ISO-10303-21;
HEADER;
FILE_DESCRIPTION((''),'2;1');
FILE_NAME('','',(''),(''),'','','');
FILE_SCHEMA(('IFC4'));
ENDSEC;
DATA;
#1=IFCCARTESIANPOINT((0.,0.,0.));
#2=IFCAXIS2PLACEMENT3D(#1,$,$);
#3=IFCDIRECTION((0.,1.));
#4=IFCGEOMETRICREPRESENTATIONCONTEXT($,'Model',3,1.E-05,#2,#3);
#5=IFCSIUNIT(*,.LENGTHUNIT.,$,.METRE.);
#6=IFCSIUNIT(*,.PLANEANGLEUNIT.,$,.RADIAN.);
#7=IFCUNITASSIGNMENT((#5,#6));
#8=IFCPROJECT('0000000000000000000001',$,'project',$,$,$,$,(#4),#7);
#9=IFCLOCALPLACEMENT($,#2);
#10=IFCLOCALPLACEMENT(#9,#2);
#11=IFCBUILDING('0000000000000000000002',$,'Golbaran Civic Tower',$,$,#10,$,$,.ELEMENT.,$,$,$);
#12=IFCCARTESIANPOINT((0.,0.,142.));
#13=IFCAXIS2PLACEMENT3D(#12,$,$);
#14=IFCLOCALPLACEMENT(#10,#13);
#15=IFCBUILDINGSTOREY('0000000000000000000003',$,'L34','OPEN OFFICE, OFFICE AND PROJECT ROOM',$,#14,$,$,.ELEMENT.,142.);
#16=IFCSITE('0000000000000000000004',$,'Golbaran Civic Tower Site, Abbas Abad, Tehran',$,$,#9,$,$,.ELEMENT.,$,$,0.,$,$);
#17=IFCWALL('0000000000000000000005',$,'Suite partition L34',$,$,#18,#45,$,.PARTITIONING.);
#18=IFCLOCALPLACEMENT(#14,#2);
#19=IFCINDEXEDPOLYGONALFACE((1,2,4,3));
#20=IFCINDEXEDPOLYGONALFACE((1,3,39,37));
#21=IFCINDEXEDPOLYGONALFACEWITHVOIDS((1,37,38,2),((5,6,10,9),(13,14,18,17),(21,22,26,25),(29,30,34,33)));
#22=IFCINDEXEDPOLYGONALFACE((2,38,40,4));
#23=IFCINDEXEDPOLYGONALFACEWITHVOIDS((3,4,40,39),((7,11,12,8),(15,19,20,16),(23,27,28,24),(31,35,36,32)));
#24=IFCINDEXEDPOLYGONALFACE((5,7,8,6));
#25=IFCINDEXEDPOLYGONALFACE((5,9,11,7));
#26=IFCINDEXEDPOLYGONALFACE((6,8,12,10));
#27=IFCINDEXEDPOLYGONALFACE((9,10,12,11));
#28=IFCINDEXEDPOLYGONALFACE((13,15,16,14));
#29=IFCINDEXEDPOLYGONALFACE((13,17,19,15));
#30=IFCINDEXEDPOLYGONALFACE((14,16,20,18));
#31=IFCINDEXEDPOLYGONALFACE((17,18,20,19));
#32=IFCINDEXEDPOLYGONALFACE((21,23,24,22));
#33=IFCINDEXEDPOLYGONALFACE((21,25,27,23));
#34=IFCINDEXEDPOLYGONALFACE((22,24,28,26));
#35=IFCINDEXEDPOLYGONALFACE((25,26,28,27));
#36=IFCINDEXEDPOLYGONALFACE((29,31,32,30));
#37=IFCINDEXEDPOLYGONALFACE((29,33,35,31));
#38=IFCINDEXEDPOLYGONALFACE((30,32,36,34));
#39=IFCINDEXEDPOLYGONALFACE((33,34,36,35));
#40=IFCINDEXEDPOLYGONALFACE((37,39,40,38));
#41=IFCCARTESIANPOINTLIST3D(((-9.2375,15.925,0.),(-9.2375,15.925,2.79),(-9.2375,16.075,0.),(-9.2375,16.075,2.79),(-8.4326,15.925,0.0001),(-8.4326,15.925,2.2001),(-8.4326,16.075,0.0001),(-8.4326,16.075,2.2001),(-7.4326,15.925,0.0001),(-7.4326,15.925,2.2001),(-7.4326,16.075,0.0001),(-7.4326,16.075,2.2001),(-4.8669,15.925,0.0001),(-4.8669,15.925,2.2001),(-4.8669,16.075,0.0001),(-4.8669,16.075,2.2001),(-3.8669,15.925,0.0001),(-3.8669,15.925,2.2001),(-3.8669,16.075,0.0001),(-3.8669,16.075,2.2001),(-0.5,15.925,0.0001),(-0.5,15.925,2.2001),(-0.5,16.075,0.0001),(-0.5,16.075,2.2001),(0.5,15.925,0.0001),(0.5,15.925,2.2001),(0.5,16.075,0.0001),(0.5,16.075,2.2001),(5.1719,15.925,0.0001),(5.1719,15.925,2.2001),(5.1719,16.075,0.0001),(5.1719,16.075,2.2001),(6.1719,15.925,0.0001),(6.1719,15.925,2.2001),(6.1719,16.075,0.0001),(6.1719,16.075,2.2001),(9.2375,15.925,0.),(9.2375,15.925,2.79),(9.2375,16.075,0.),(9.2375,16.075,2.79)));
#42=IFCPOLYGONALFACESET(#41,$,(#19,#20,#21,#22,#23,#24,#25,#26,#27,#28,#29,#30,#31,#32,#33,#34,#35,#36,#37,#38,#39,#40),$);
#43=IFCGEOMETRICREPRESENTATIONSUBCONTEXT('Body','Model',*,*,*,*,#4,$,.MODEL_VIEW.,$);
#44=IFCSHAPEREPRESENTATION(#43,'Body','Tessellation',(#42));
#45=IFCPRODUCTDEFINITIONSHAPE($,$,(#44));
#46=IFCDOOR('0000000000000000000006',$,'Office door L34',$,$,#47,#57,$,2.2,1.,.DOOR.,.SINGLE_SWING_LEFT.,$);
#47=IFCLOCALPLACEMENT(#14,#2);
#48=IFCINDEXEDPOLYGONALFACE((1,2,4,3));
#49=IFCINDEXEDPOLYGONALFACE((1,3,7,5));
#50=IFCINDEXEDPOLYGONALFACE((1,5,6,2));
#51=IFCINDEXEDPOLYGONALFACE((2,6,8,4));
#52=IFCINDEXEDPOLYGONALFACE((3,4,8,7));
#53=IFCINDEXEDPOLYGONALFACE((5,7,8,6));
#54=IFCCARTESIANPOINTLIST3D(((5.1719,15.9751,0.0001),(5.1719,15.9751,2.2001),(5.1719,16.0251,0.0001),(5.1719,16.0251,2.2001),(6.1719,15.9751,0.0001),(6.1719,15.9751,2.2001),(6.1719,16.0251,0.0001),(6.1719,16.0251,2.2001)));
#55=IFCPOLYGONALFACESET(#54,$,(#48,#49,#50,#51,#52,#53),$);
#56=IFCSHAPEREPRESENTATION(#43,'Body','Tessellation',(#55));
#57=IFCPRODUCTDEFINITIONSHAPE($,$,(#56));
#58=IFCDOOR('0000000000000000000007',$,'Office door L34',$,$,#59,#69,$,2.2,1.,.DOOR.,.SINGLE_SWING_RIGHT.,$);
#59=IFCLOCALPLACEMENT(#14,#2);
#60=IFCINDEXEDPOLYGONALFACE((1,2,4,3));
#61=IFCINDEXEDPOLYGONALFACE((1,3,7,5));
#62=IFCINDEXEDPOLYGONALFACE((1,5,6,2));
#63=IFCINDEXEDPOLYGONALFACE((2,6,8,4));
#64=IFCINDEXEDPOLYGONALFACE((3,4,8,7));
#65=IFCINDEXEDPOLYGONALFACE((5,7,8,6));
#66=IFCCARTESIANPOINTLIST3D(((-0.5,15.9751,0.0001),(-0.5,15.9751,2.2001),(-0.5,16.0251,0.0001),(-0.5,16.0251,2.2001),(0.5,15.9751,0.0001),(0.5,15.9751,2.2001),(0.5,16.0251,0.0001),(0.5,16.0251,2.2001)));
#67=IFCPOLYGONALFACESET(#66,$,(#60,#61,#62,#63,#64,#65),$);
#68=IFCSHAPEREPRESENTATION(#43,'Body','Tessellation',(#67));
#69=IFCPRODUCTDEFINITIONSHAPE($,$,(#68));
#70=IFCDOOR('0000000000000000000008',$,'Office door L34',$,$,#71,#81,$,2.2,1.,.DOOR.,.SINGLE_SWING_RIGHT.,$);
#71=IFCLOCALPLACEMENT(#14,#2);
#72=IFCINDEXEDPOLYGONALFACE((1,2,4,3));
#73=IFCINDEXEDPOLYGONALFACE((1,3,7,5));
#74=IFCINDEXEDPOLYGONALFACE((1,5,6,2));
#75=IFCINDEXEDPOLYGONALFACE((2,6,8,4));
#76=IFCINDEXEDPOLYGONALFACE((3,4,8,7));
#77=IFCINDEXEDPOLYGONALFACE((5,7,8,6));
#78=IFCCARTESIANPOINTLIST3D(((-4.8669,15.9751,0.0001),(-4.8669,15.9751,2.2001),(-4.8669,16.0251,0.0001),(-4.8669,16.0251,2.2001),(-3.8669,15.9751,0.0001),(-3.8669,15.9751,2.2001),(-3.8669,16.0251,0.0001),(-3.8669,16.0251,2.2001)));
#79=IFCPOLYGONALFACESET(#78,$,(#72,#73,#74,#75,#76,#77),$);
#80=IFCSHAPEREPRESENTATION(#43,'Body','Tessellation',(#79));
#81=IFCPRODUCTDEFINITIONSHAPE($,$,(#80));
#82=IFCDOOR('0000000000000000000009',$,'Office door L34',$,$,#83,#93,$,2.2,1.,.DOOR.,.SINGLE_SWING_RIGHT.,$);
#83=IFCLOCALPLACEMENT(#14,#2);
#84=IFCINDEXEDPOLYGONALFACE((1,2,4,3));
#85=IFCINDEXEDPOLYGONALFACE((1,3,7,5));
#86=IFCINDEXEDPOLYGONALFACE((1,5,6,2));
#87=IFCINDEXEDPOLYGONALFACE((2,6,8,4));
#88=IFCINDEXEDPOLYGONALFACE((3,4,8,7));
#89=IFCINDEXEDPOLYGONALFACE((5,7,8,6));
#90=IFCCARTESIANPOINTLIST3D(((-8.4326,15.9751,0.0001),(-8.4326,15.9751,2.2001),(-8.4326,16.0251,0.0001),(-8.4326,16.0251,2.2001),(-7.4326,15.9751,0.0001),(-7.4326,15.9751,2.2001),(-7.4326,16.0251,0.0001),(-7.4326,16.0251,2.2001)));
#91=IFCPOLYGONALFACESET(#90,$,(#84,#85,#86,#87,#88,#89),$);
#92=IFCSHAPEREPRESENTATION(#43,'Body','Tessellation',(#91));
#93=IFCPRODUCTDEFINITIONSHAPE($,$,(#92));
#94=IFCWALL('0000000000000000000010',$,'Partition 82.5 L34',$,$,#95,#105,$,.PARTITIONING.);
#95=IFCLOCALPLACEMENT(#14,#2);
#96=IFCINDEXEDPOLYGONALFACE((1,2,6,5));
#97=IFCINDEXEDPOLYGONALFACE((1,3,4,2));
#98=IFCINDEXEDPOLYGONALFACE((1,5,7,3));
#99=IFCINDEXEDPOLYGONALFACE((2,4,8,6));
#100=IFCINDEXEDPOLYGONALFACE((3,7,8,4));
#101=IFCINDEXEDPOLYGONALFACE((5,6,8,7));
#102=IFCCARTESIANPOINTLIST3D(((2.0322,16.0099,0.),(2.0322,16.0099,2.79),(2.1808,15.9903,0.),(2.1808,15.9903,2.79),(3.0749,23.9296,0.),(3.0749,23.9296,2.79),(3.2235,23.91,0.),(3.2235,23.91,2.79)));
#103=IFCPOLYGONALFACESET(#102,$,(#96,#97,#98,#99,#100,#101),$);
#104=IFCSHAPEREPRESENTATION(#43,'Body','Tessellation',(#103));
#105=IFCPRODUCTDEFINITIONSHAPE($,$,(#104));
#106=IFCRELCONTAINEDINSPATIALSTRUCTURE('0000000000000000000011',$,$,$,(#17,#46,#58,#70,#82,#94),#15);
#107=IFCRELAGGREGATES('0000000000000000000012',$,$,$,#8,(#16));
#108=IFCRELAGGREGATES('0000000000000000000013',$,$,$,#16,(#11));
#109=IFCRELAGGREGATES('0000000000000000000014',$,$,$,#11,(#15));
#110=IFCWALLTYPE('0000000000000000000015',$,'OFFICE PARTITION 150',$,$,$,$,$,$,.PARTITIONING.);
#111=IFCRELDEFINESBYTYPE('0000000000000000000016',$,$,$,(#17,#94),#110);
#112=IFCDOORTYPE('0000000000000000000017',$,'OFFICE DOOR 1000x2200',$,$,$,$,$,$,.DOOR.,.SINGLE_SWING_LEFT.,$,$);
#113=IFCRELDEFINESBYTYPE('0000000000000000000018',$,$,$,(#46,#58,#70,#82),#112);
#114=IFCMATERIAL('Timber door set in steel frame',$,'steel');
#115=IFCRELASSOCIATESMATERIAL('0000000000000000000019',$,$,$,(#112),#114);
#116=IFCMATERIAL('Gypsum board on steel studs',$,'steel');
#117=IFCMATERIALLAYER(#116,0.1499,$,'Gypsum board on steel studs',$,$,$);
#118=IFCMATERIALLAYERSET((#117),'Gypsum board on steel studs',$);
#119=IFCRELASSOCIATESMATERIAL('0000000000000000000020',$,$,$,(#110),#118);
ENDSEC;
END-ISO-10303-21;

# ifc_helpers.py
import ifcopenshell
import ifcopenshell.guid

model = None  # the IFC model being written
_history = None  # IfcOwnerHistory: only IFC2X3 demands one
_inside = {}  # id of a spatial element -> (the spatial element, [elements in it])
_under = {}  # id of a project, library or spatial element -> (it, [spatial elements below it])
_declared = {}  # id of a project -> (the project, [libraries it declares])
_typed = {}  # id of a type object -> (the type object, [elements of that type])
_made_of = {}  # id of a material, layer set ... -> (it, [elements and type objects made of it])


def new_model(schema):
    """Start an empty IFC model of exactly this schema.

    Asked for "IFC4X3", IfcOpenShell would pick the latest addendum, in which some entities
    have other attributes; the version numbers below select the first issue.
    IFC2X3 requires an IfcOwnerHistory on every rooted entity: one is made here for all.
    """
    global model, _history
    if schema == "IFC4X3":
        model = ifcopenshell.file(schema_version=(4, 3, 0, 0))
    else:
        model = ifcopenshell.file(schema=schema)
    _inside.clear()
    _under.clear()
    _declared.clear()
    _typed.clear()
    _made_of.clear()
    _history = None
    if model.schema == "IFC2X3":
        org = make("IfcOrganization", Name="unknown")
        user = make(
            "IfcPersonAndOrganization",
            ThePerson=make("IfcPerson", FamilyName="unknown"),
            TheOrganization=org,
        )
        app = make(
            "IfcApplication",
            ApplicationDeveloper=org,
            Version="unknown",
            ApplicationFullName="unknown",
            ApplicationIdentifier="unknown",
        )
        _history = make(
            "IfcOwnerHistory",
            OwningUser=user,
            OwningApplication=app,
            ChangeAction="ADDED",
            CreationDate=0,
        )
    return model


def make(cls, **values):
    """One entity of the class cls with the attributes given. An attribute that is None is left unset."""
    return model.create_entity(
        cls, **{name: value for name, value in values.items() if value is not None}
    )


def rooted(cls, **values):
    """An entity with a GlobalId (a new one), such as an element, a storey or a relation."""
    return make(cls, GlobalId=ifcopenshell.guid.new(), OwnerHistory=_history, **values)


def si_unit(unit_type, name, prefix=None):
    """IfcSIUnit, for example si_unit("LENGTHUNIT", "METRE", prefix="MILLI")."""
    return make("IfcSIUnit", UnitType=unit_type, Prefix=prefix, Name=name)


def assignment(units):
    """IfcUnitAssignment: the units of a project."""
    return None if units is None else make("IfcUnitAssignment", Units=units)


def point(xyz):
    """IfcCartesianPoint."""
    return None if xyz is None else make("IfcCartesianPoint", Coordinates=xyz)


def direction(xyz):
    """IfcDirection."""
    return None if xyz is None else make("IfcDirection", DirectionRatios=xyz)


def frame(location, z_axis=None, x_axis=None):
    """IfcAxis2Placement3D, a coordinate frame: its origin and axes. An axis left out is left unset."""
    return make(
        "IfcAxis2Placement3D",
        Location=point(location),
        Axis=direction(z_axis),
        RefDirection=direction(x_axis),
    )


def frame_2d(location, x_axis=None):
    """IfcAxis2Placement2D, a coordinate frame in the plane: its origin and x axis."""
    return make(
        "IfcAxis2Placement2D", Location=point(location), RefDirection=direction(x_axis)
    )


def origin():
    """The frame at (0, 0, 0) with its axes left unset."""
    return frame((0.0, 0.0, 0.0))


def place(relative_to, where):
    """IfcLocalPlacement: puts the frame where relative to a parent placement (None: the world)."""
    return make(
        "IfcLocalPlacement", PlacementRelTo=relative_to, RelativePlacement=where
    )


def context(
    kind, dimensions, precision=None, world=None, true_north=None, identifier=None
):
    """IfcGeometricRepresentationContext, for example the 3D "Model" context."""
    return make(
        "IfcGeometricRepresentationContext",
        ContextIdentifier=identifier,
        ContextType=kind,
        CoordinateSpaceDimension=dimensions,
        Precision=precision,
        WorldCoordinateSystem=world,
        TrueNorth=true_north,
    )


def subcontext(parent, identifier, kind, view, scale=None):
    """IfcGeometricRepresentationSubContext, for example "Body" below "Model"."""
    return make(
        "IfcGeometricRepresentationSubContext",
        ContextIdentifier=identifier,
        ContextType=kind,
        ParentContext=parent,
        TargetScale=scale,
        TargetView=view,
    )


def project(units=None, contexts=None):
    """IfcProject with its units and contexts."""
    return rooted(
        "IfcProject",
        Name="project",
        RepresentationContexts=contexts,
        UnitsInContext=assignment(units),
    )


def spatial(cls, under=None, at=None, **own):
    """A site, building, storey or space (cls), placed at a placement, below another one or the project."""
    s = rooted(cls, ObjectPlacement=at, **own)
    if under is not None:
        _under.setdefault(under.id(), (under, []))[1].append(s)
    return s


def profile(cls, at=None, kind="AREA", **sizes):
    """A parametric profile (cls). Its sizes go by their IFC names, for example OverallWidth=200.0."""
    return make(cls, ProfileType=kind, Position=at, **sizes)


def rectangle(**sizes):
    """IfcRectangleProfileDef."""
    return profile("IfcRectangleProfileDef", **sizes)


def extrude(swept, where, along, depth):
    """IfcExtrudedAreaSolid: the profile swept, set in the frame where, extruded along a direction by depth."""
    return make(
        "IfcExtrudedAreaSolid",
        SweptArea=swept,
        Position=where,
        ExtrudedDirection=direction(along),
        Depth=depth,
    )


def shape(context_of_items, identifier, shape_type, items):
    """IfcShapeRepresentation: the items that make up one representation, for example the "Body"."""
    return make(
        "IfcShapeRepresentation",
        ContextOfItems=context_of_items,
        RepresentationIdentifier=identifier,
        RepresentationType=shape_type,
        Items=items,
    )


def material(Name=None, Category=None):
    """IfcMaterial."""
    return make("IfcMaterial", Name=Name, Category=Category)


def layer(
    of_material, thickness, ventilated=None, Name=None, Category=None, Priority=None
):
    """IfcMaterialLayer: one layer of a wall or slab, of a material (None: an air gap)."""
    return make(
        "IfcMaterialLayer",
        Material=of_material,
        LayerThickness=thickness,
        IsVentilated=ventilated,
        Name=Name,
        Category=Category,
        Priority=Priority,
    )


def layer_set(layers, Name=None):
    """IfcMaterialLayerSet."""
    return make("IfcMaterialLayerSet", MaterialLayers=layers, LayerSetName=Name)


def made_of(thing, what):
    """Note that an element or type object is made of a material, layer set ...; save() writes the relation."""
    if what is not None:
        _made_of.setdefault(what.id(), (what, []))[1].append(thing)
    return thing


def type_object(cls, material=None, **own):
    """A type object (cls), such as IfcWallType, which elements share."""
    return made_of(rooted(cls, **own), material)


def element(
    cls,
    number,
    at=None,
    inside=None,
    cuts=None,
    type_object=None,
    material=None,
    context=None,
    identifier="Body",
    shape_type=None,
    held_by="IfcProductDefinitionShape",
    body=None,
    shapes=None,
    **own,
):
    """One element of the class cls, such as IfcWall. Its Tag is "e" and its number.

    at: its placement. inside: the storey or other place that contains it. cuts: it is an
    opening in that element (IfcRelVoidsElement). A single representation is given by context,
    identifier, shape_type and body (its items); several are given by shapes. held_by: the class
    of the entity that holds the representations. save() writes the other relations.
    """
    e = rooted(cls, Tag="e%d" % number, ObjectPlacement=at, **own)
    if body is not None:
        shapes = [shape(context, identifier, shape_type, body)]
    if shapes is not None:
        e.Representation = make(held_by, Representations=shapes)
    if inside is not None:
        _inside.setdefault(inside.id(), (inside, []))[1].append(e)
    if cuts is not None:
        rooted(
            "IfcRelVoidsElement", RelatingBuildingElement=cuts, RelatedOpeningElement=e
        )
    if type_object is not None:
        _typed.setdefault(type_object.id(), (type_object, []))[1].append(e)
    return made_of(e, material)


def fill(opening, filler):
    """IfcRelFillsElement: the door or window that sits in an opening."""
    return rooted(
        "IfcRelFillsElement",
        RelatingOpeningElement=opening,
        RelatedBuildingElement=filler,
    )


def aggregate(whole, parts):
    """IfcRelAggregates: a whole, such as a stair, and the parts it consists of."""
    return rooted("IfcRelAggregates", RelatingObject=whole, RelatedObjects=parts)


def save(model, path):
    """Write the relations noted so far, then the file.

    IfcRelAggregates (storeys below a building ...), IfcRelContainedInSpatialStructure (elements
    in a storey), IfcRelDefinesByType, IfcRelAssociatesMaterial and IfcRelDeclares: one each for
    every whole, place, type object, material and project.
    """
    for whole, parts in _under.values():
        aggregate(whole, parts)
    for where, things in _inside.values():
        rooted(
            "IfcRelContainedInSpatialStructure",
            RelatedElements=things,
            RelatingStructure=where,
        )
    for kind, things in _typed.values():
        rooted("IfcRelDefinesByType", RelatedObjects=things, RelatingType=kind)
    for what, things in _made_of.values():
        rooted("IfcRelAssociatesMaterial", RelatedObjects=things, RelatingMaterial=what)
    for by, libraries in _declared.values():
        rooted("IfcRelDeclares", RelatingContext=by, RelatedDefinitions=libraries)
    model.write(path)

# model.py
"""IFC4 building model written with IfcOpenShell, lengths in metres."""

from ifc_helpers import new_model, si_unit, direction, frame, frame_2d, origin, place, context, subcontext, project, spatial, rectangle, extrude, material, layer, layer_set, type_object, element, fill, save


model = new_model("IFC4")

# Units and contexts
model_context = context("Model", 3, precision=1e-05, world=origin(), true_north=direction((0.0, 1.0)))
body_context = subcontext(model_context, "Body", "Model", "MODEL_VIEW")
ifc_project = project(units=[si_unit("LENGTHUNIT", "METRE"), si_unit("PLANEANGLEUNIT", "RADIAN")], contexts=[model_context])

# Site, building, storey
site_placement = place(None, origin())
site = spatial("IfcSite", under=ifc_project, at=site_placement, Name="Golbaran Civic Tower Site, Abbas Abad, Tehran", CompositionType="ELEMENT", RefElevation=0.0)
building_placement = place(site_placement, origin())
building = spatial("IfcBuilding", under=site, at=building_placement, Name="Golbaran Civic Tower", CompositionType="ELEMENT")
storey_placement = place(building_placement, frame((0.0, 0.0, 142.0)))
storey = spatial("IfcBuildingStorey", under=building, at=storey_placement, Name="L34", Description="OPEN OFFICE, OFFICE AND PROJECT ROOM", CompositionType="ELEMENT", Elevation=142.0)

# Shared definitions
ifc_material_1 = material(Name="Timber door set in steel frame", Category="steel")
door_type_1 = type_object("IfcDoorType", Name="OFFICE DOOR 1000x2200", OperationType="SINGLE_SWING_LEFT", PredefinedType="DOOR", material=ifc_material_1)

# Shared definitions
ifc_material_2 = material(Name="Gypsum board on steel studs", Category="steel")
ifc_layer_1 = layer(ifc_material_2, 0.1499, Name="Gypsum board on steel studs")
ifc_layer_set_1 = layer_set([ifc_layer_1], Name="Gypsum board on steel studs")
wall_type_1 = type_object("IfcWallType", Name="OFFICE PARTITION 150", PredefinedType="PARTITIONING", material=ifc_layer_set_1)

# Wall, openings, doors
wall_1_placement = place(storey_placement, frame((9.2375, 16.0, 0.0), z_axis=(0.0, 0.0, 1.0), x_axis=(-1.0, 0.0, 0.0)))
wall_1 = element("IfcWall", 1, at=wall_1_placement, inside=storey, type_object=wall_type_1, Name="Suite partition L34", PredefinedType="PARTITIONING", context=body_context, shape_type="SweptSolid", body=[
    extrude(rectangle(XDim=18.4751, YDim=0.1499, at=frame_2d((9.2375, 0.0))), origin(), (0.0, 0.0, 1.0), 2.79),
])
opening_1_placement = place(wall_1_placement, frame((3.0657, 0.0, 0.0)))
opening_1 = element("IfcOpeningElement", 2, at=opening_1_placement, cuts=wall_1, PredefinedType="OPENING", context=body_context, shape_type="SweptSolid", body=[
    extrude(rectangle(XDim=1.0, YDim=2.2, at=frame_2d((0.5, 1.1001))), frame((0.0, 0.085, 0.0), z_axis=(0.0, -1.0, 0.0), x_axis=(1.0, 0.0, 0.0)), (0.0, 0.0, 1.0), 0.1699),
])
opening_2_placement = place(wall_1_placement, frame((8.7375, 0.0, 0.0)))
opening_2 = element("IfcOpeningElement", 3, at=opening_2_placement, cuts=wall_1, PredefinedType="OPENING", context=body_context, shape_type="SweptSolid", body=[
    extrude(rectangle(XDim=1.0, YDim=2.2, at=frame_2d((0.5, 1.1001))), frame((0.0, 0.085, 0.0), z_axis=(0.0, -1.0, 0.0), x_axis=(1.0, 0.0, 0.0)), (0.0, 0.0, 1.0), 0.1699),
])
opening_3_placement = place(wall_1_placement, frame((13.1045, 0.0, 0.0)))
opening_3 = element("IfcOpeningElement", 4, at=opening_3_placement, cuts=wall_1, PredefinedType="OPENING", context=body_context, shape_type="SweptSolid", body=[
    extrude(rectangle(XDim=1.0, YDim=2.2, at=frame_2d((0.5, 1.1001))), frame((0.0, 0.085, 0.0), z_axis=(0.0, -1.0, 0.0), x_axis=(1.0, 0.0, 0.0)), (0.0, 0.0, 1.0), 0.1699),
])
opening_4_placement = place(wall_1_placement, frame((16.6702, 0.0, 0.0)))
opening_4 = element("IfcOpeningElement", 5, at=opening_4_placement, cuts=wall_1, PredefinedType="OPENING", context=body_context, shape_type="SweptSolid", body=[
    extrude(rectangle(XDim=1.0, YDim=2.2, at=frame_2d((0.5, 1.1001))), frame((0.0, 0.085, 0.0), z_axis=(0.0, -1.0, 0.0), x_axis=(1.0, 0.0, 0.0)), (0.0, 0.0, 1.0), 0.1699),
])
door_1_placement = place(opening_1_placement, origin())
door_1 = element("IfcDoor", 6, at=door_1_placement, inside=storey, type_object=door_type_1, Name="Office door L34", OperationType="SINGLE_SWING_LEFT", OverallHeight=2.2, OverallWidth=1.0, PredefinedType="DOOR", context=body_context, shape_type="SweptSolid", body=[
    extrude(rectangle(XDim=1.0, YDim=2.2, at=frame_2d((0.5, 1.1001))), frame((0.0, 0.0249, 0.0), z_axis=(0.0, -1.0, 0.0), x_axis=(1.0, 0.0, 0.0)), (0.0, 0.0, 1.0), 0.05),
])
fill(opening_1, door_1)
door_2_placement = place(opening_2_placement, origin())
door_2 = element("IfcDoor", 7, at=door_2_placement, inside=storey, type_object=door_type_1, Name="Office door L34", OperationType="SINGLE_SWING_RIGHT", OverallHeight=2.2, OverallWidth=1.0, PredefinedType="DOOR", context=body_context, shape_type="SweptSolid", body=[
    extrude(rectangle(XDim=1.0, YDim=2.2, at=frame_2d((0.5, 1.1001))), frame((0.0, 0.0249, 0.0), z_axis=(0.0, -1.0, 0.0), x_axis=(1.0, 0.0, 0.0)), (0.0, 0.0, 1.0), 0.05),
])
fill(opening_2, door_2)
door_3_placement = place(opening_3_placement, origin())
door_3 = element("IfcDoor", 8, at=door_3_placement, inside=storey, type_object=door_type_1, Name="Office door L34", OperationType="SINGLE_SWING_RIGHT", OverallHeight=2.2, OverallWidth=1.0, PredefinedType="DOOR", context=body_context, shape_type="SweptSolid", body=[
    extrude(rectangle(XDim=1.0, YDim=2.2, at=frame_2d((0.5, 1.1001))), frame((0.0, 0.0249, 0.0), z_axis=(0.0, -1.0, 0.0), x_axis=(1.0, 0.0, 0.0)), (0.0, 0.0, 1.0), 0.05),
])
fill(opening_3, door_3)
door_4_placement = place(opening_4_placement, origin())
door_4 = element("IfcDoor", 9, at=door_4_placement, inside=storey, type_object=door_type_1, Name="Office door L34", OperationType="SINGLE_SWING_RIGHT", OverallHeight=2.2, OverallWidth=1.0, PredefinedType="DOOR", context=body_context, shape_type="SweptSolid", body=[
    extrude(rectangle(XDim=1.0, YDim=2.2, at=frame_2d((0.5, 1.1001))), frame((0.0, 0.0249, 0.0), z_axis=(0.0, -1.0, 0.0), x_axis=(1.0, 0.0, 0.0)), (0.0, 0.0, 1.0), 0.05),
])
fill(opening_4, door_4)

# Wall
wall_2_placement = place(storey_placement, frame((2.1064, 16.0, 0.0), z_axis=(0.0, 0.0, 1.0), x_axis=(0.130536, 0.991444, 0.0)))
element("IfcWall", 10, at=wall_2_placement, inside=storey, type_object=wall_type_1, Name="Partition 82.5 L34", PredefinedType="PARTITIONING", context=body_context, shape_type="SweptSolid", body=[
    extrude(rectangle(XDim=7.988, YDim=0.1499, at=frame_2d((3.9941, 0.0))), origin(), (0.0, 0.0, 1.0), 2.79),
])

save(model, "model.ifc")
